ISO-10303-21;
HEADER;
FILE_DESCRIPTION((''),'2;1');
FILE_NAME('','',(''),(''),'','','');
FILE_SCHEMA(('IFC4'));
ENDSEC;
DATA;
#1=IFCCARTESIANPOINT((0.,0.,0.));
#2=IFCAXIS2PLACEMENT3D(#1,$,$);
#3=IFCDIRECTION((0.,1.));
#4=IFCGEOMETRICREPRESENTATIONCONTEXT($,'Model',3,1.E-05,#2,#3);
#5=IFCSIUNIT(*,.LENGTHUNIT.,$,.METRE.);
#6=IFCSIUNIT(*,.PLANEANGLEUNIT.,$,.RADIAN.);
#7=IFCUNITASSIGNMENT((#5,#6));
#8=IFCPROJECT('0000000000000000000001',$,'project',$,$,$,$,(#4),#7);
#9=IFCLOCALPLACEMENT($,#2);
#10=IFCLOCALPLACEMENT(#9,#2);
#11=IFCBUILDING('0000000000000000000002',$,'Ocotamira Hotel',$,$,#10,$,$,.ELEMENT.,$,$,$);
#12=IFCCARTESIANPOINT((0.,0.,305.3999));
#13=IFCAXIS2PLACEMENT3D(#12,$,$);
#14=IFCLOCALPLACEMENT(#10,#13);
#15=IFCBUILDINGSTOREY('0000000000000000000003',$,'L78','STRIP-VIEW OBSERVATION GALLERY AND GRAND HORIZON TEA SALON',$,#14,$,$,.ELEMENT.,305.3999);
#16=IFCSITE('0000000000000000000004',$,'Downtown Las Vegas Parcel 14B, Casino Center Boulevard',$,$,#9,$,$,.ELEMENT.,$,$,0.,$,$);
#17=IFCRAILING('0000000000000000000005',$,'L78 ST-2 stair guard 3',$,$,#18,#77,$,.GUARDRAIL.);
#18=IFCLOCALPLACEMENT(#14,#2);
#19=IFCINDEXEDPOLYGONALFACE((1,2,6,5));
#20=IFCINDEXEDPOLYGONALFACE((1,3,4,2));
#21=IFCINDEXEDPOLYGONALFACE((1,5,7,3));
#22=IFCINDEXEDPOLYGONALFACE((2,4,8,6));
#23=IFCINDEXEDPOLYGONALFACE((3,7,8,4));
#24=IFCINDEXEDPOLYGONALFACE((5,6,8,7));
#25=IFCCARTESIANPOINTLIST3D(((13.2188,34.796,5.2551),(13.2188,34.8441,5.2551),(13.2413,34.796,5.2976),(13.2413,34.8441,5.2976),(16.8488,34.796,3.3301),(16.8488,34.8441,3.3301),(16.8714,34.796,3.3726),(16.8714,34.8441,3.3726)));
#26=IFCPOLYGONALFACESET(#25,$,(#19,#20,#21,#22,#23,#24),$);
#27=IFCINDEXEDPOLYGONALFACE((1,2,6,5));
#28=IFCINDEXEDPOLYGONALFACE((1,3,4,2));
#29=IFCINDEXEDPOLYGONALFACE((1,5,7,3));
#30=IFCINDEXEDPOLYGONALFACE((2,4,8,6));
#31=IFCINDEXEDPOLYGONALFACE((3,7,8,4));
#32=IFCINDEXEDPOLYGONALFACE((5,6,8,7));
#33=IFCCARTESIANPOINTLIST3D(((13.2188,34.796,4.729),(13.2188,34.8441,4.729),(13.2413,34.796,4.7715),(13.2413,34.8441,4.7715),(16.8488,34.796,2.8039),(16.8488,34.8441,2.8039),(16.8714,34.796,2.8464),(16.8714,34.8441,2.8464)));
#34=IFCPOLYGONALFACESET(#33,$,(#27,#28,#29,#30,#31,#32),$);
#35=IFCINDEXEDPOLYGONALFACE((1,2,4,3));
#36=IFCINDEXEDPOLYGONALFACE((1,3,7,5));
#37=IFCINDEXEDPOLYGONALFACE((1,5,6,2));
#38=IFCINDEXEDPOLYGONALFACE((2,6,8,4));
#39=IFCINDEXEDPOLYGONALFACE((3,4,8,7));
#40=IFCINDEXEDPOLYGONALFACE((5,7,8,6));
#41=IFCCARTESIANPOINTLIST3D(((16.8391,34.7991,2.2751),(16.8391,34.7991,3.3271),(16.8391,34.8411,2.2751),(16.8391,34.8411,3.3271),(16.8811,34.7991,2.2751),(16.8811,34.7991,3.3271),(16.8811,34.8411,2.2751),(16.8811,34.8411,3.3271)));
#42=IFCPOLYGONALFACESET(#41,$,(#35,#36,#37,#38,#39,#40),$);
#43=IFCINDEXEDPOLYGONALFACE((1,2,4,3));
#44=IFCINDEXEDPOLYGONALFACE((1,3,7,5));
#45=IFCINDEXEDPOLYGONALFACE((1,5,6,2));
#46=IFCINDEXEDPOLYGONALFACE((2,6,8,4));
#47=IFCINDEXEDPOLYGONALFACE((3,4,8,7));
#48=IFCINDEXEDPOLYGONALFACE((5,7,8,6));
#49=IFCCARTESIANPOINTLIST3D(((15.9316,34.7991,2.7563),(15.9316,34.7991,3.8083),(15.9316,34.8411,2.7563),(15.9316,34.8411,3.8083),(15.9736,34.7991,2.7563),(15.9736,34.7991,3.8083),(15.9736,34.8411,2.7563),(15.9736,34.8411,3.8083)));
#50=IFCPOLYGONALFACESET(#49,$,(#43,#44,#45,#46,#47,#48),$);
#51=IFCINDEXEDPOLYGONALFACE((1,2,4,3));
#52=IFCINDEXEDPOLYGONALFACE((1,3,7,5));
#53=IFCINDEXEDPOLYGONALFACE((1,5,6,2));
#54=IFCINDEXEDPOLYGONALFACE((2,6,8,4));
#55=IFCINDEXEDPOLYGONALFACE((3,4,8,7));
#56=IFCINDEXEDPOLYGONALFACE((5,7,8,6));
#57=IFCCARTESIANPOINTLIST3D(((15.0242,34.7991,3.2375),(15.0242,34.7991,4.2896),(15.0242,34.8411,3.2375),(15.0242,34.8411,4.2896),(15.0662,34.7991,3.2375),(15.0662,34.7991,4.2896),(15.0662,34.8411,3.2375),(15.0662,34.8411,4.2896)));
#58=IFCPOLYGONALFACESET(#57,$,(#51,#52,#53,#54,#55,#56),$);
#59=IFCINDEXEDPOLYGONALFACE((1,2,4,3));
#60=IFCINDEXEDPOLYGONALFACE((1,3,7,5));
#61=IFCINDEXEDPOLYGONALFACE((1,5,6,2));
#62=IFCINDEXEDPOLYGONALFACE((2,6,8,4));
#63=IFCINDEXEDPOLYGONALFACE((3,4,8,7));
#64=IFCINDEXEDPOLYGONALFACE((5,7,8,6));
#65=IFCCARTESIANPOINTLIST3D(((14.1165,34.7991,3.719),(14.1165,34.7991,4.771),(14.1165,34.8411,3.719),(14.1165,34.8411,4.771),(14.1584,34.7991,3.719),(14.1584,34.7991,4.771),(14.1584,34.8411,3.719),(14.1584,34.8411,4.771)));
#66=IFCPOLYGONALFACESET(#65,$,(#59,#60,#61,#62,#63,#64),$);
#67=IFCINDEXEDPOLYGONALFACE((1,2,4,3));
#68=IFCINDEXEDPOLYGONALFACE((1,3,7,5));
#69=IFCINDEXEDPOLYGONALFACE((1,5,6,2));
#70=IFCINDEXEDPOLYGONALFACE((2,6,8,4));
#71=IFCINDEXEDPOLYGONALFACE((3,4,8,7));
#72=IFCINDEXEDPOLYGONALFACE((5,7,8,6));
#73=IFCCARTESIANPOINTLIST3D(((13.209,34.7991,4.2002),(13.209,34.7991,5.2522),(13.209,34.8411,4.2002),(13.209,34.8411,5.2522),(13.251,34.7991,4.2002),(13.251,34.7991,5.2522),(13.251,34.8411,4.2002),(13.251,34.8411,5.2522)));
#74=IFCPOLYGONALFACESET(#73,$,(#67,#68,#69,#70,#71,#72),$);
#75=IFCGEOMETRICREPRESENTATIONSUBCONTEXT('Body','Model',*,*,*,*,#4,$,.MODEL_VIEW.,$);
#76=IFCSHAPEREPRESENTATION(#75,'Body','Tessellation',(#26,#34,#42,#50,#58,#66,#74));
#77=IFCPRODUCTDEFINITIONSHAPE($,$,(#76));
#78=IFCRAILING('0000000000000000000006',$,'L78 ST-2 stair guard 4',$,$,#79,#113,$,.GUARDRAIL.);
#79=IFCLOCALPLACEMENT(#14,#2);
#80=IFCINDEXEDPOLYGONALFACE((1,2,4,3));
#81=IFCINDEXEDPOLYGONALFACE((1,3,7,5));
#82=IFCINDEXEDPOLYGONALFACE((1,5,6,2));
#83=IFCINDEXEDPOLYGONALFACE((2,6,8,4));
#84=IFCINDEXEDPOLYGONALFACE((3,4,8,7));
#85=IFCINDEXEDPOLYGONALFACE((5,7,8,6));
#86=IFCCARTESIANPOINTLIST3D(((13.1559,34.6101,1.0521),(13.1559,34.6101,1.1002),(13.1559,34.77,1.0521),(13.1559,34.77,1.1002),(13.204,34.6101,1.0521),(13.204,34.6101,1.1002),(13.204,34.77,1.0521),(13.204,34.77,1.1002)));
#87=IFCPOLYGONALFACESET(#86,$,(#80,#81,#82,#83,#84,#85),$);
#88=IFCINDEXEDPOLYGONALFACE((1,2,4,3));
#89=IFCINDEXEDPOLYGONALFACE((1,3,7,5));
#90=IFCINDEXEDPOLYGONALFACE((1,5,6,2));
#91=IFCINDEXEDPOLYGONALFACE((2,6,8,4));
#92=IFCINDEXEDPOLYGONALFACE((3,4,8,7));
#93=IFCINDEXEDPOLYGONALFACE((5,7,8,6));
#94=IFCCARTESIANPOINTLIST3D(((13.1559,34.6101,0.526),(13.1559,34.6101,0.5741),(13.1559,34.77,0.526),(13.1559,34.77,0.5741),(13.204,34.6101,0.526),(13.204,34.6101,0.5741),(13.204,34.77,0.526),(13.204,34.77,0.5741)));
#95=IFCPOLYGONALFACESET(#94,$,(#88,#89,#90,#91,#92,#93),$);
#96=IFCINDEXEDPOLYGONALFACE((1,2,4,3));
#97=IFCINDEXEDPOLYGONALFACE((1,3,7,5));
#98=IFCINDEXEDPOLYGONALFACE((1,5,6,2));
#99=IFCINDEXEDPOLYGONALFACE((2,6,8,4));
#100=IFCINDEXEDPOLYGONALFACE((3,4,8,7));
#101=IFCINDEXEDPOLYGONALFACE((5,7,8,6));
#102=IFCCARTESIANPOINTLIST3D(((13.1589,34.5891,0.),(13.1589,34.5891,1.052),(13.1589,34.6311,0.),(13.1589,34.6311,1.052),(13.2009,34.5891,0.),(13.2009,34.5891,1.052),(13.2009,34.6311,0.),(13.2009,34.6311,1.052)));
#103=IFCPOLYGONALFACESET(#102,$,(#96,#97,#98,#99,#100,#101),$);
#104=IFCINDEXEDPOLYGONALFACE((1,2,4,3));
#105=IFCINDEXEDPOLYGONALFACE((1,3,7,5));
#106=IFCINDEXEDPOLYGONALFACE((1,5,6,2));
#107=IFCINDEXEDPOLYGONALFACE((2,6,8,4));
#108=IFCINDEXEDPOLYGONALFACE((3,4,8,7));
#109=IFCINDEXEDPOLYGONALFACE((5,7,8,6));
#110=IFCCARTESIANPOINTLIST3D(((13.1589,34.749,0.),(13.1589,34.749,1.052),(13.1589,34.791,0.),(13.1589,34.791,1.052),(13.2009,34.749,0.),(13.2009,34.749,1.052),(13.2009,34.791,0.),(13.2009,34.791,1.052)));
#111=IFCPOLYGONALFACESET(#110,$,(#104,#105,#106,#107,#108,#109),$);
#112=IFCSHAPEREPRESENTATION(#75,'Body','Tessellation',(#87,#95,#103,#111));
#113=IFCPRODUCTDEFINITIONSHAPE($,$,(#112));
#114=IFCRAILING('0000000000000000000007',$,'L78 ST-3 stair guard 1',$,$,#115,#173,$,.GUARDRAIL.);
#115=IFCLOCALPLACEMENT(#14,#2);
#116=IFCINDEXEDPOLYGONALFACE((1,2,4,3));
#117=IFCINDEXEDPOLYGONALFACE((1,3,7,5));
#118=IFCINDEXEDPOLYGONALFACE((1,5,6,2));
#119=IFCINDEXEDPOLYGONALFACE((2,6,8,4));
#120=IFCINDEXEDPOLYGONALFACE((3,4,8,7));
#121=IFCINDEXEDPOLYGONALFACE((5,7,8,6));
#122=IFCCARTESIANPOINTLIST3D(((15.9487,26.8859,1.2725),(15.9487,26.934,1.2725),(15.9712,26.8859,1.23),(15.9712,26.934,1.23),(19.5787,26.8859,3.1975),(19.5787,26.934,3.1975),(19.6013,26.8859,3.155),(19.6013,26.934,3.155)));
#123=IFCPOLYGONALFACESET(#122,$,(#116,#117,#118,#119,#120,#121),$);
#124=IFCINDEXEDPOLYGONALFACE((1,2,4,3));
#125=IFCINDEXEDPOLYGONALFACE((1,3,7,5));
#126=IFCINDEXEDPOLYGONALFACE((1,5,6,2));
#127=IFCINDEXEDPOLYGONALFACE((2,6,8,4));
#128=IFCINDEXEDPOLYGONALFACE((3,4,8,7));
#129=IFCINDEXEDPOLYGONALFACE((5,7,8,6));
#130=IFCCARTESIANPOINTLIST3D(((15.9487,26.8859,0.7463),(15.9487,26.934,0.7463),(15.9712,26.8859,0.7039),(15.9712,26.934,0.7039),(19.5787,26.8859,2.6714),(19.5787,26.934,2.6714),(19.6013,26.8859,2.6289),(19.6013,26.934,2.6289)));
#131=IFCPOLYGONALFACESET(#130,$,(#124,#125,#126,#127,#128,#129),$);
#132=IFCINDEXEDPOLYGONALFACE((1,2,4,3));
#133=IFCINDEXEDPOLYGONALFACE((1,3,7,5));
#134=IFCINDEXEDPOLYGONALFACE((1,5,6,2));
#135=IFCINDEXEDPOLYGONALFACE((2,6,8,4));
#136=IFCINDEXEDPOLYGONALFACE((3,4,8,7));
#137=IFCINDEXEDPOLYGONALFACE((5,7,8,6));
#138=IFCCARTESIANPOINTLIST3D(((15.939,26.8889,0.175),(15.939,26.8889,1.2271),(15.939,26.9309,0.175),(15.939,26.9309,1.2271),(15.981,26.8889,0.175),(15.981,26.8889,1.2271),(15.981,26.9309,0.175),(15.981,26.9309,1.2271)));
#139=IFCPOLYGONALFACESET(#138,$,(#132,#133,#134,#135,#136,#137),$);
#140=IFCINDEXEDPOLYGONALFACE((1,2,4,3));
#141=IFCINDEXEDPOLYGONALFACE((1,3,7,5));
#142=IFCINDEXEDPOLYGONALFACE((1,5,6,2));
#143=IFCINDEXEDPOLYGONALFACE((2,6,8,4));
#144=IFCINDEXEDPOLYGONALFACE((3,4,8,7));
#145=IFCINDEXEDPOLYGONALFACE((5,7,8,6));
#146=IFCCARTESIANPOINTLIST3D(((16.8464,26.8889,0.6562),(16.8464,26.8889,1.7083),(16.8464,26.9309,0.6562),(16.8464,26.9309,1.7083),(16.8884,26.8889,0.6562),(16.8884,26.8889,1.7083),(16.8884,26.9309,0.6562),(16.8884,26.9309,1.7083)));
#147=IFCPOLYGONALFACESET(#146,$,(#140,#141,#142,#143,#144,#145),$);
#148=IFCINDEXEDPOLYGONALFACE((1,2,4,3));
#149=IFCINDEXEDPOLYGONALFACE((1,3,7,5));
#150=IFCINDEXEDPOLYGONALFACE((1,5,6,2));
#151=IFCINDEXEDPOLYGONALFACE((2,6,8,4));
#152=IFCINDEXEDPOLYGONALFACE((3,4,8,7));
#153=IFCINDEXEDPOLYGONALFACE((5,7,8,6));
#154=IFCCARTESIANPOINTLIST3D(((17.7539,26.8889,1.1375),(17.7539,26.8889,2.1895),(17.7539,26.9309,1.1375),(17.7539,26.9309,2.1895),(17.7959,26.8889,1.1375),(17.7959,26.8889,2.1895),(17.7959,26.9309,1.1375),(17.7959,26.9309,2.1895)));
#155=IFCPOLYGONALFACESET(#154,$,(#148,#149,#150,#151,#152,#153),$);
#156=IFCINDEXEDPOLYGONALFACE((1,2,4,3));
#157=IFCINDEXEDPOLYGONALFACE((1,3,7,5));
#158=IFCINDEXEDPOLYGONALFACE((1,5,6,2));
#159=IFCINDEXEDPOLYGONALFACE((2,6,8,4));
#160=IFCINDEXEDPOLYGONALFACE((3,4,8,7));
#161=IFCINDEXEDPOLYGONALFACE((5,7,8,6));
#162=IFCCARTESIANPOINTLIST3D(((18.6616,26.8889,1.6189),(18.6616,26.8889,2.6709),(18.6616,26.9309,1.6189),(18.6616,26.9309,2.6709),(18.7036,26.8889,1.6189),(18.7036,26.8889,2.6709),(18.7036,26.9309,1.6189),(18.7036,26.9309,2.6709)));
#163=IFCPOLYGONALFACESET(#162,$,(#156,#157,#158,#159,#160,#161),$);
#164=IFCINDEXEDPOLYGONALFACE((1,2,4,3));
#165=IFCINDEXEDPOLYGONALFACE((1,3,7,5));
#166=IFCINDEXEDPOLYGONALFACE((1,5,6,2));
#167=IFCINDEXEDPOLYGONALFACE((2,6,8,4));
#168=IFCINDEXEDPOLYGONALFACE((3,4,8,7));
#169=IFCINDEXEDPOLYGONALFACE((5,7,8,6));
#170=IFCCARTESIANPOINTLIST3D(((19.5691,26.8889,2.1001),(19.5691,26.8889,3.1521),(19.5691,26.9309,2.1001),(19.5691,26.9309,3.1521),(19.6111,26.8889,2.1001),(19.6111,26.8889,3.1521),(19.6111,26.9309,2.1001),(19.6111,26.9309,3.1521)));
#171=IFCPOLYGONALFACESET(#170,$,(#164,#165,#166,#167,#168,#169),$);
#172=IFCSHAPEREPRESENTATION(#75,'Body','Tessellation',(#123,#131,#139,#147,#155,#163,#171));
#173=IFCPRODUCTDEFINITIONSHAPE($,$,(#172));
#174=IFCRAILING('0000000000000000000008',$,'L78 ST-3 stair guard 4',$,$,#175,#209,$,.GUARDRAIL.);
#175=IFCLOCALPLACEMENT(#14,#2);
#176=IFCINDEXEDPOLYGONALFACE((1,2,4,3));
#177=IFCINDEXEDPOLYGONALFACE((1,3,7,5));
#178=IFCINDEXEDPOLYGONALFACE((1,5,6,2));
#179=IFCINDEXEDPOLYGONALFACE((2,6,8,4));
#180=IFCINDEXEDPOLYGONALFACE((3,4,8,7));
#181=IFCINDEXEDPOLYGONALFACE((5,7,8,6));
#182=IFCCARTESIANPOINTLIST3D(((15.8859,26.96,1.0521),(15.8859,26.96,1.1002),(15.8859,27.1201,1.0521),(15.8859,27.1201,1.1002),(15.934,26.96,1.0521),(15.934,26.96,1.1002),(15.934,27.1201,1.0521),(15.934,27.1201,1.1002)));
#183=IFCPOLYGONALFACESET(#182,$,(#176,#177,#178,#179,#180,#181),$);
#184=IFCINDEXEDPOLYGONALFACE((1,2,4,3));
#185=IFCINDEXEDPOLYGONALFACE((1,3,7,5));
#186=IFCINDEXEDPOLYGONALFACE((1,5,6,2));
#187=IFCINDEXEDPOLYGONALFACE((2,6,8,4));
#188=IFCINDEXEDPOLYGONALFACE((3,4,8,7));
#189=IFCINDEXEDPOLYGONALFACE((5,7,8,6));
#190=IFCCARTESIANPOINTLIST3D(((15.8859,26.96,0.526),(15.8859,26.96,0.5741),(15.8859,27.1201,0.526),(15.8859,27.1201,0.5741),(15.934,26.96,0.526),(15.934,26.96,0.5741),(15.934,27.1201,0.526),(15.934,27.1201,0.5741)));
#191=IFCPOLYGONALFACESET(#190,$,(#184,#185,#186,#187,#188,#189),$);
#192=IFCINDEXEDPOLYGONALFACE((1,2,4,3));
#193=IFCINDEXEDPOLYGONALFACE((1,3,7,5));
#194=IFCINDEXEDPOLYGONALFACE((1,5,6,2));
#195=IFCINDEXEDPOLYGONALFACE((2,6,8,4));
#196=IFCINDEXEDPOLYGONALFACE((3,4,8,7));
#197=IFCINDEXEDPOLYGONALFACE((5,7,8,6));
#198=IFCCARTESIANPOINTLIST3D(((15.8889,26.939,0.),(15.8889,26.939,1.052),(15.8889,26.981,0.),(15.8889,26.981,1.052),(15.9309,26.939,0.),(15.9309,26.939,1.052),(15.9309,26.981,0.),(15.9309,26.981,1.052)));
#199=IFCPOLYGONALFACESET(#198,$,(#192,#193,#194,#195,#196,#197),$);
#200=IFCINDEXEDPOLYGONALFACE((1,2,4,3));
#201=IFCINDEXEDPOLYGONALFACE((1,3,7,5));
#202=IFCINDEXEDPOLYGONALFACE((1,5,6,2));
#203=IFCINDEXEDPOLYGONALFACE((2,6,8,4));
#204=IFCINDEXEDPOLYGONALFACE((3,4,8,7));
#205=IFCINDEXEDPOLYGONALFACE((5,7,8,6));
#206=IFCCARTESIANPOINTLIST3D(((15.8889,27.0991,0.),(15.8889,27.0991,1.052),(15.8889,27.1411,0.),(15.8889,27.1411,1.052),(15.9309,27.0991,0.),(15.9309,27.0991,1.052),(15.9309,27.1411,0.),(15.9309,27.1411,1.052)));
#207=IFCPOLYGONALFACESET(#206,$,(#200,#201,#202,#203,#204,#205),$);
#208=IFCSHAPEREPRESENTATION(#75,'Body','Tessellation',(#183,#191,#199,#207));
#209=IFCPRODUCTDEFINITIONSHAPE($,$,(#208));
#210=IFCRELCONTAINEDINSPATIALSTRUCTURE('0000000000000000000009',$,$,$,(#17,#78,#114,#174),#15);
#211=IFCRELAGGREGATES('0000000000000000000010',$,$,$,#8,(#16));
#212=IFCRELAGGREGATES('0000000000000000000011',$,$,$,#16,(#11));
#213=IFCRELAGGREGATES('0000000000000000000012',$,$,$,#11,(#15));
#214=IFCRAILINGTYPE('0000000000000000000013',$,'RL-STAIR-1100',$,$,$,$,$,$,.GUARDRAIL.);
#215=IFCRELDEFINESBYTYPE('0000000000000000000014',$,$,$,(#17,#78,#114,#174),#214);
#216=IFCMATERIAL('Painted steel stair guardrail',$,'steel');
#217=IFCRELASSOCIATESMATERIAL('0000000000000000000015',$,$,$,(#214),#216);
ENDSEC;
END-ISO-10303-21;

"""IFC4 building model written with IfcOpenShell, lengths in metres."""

from ifc_helpers import new_model, si_unit, direction, frame, origin, origin_2d, place, context, subcontext, project, spatial, rectangle, extrude, material, type_object, element, save


model = new_model("IFC4")

# Units and contexts
model_context = context("Model", 3, precision=1e-05, world=origin(), true_north=direction((0.0, 1.0)))
body_context = subcontext(model_context, "Body", "Model", "MODEL_VIEW")
ifc_project = project(units=[si_unit("LENGTHUNIT", "METRE"), si_unit("PLANEANGLEUNIT", "RADIAN")], contexts=[model_context])

# Site, building, storey
site_placement = place(None, origin())
site = spatial("IfcSite", under=ifc_project, at=site_placement, Name="Downtown Las Vegas Parcel 14B, Casino Center Boulevard", CompositionType="ELEMENT", RefElevation=0.0)
building_placement = place(site_placement, origin())
building = spatial("IfcBuilding", under=site, at=building_placement, Name="Ocotamira Hotel", CompositionType="ELEMENT")
storey_placement = place(building_placement, frame((0.0, 0.0, 305.3999)))
storey = spatial("IfcBuildingStorey", under=building, at=storey_placement, Name="L78", Description="STRIP-VIEW OBSERVATION GALLERY AND GRAND HORIZON TEA SALON", CompositionType="ELEMENT", Elevation=305.3999)

# Railings
ifc_material_1 = material(Name="Painted steel stair guardrail", Category="steel")
railing_type_1 = type_object("IfcRailingType", Name="RL-STAIR-1100", PredefinedType="GUARDRAIL", material=ifc_material_1)
railing_1_placement = place(storey_placement, frame((16.8601, 34.8201, 2.2751)))
element("IfcRailing", 1, at=railing_1_placement, inside=storey, type_object=railing_type_1, Name="L78 ST-2 stair guard 3", PredefinedType="GUARDRAIL", context=body_context, shape_type="SweptSolid", body=[
    extrude(rectangle(XDim=0.0481, YDim=0.0481, at=origin_2d()), frame((0.0, 0.0, 1.0762), z_axis=(-0.883464, 0.0, 0.468499), x_axis=(0.0, -1.0, 0.0)), (0.0, 0.0, 1.0), 4.1089),
    extrude(rectangle(XDim=0.0481, YDim=0.0481, at=origin_2d()), frame((0.0, 0.0, 0.55), z_axis=(-0.883464, 0.0, 0.468499), x_axis=(0.0, -1.0, 0.0)), (0.0, 0.0, 1.0), 4.1089),
    extrude(rectangle(XDim=0.042, YDim=0.042, at=origin_2d()), origin(), (0.0, 0.0, 1.0), 1.052),
    extrude(rectangle(XDim=0.042, YDim=0.042, at=origin_2d()), frame((-0.9075, 0.0, 0.4812)), (0.0, 0.0, 1.0), 1.052),
    extrude(rectangle(XDim=0.042, YDim=0.042, at=origin_2d()), frame((-1.8149, 0.0, 0.9624)), (0.0, 0.0, 1.0), 1.052),
    extrude(rectangle(XDim=0.042, YDim=0.042, at=origin_2d()), frame((-2.7227, 0.0, 1.4438)), (0.0, 0.0, 1.0), 1.052),
    extrude(rectangle(XDim=0.042, YDim=0.042, at=origin_2d()), frame((-3.6301, 0.0, 1.925)), (0.0, 0.0, 1.0), 1.052),
])
railing_2_placement = place(storey_placement, frame((13.1799, 34.6101, 0.0)))
element("IfcRailing", 2, at=railing_2_placement, inside=storey, type_object=railing_type_1, Name="L78 ST-2 stair guard 4", PredefinedType="GUARDRAIL", context=body_context, shape_type="SweptSolid", body=[
    extrude(rectangle(XDim=0.0481, YDim=0.0481, at=origin_2d()), frame((0.0, 0.0, 1.0762), z_axis=(0.0, 1.0, 0.0), x_axis=(-1.0, 0.0, 0.0)), (0.0, 0.0, 1.0), 0.1599),
    extrude(rectangle(XDim=0.0481, YDim=0.0481, at=origin_2d()), frame((0.0, 0.0, 0.55), z_axis=(0.0, 1.0, 0.0), x_axis=(-1.0, 0.0, 0.0)), (0.0, 0.0, 1.0), 0.1599),
    extrude(rectangle(XDim=0.042, YDim=0.042, at=origin_2d()), origin(), (0.0, 0.0, 1.0), 1.052),
    extrude(rectangle(XDim=0.042, YDim=0.042, at=origin_2d()), frame((0.0, 0.1599, 0.0)), (0.0, 0.0, 1.0), 1.052),
])
railing_3_placement = place(storey_placement, frame((15.96, 26.9099, 0.175)))
element("IfcRailing", 3, at=railing_3_placement, inside=storey, type_object=railing_type_1, Name="L78 ST-3 stair guard 1", PredefinedType="GUARDRAIL", context=body_context, shape_type="SweptSolid", body=[
    extrude(rectangle(XDim=0.0481, YDim=0.0481, at=origin_2d()), frame((0.0, 0.0, 1.0762), z_axis=(0.883464, 0.0, 0.468499), x_axis=(0.0, 1.0, 0.0)), (0.0, 0.0, 1.0), 4.1089),
    extrude(rectangle(XDim=0.0481, YDim=0.0481, at=origin_2d()), frame((0.0, 0.0, 0.55), z_axis=(0.883464, 0.0, 0.468499), x_axis=(0.0, 1.0, 0.0)), (0.0, 0.0, 1.0), 4.1089),
    extrude(rectangle(XDim=0.042, YDim=0.042, at=origin_2d()), origin(), (0.0, 0.0, 1.0), 1.052),
    extrude(rectangle(XDim=0.042, YDim=0.042, at=origin_2d()), frame((0.9075, 0.0, 0.4812)), (0.0, 0.0, 1.0), 1.052),
    extrude(rectangle(XDim=0.042, YDim=0.042, at=origin_2d()), frame((1.8149, 0.0, 0.9624)), (0.0, 0.0, 1.0), 1.052),
    extrude(rectangle(XDim=0.042, YDim=0.042, at=origin_2d()), frame((2.7227, 0.0, 1.4438)), (0.0, 0.0, 1.0), 1.052),
    extrude(rectangle(XDim=0.042, YDim=0.042, at=origin_2d()), frame((3.6301, 0.0, 1.925)), (0.0, 0.0, 1.0), 1.052),
])
railing_4_placement = place(storey_placement, frame((15.9099, 26.96, 0.0)))
element("IfcRailing", 4, at=railing_4_placement, inside=storey, type_object=railing_type_1, Name="L78 ST-3 stair guard 4", PredefinedType="GUARDRAIL", context=body_context, shape_type="SweptSolid", body=[
    extrude(rectangle(XDim=0.0481, YDim=0.0481, at=origin_2d()), frame((0.0, 0.0, 1.0762), z_axis=(0.0, 1.0, 0.0), x_axis=(-1.0, 0.0, 0.0)), (0.0, 0.0, 1.0), 0.1602),
    extrude(rectangle(XDim=0.0481, YDim=0.0481, at=origin_2d()), frame((0.0, 0.0, 0.55), z_axis=(0.0, 1.0, 0.0), x_axis=(-1.0, 0.0, 0.0)), (0.0, 0.0, 1.0), 0.1602),
    extrude(rectangle(XDim=0.042, YDim=0.042, at=origin_2d()), origin(), (0.0, 0.0, 1.0), 1.052),
    extrude(rectangle(XDim=0.042, YDim=0.042, at=origin_2d()), frame((0.0, 0.1602, 0.0)), (0.0, 0.0, 1.0), 1.052),
])

save(model, "model.ifc")
